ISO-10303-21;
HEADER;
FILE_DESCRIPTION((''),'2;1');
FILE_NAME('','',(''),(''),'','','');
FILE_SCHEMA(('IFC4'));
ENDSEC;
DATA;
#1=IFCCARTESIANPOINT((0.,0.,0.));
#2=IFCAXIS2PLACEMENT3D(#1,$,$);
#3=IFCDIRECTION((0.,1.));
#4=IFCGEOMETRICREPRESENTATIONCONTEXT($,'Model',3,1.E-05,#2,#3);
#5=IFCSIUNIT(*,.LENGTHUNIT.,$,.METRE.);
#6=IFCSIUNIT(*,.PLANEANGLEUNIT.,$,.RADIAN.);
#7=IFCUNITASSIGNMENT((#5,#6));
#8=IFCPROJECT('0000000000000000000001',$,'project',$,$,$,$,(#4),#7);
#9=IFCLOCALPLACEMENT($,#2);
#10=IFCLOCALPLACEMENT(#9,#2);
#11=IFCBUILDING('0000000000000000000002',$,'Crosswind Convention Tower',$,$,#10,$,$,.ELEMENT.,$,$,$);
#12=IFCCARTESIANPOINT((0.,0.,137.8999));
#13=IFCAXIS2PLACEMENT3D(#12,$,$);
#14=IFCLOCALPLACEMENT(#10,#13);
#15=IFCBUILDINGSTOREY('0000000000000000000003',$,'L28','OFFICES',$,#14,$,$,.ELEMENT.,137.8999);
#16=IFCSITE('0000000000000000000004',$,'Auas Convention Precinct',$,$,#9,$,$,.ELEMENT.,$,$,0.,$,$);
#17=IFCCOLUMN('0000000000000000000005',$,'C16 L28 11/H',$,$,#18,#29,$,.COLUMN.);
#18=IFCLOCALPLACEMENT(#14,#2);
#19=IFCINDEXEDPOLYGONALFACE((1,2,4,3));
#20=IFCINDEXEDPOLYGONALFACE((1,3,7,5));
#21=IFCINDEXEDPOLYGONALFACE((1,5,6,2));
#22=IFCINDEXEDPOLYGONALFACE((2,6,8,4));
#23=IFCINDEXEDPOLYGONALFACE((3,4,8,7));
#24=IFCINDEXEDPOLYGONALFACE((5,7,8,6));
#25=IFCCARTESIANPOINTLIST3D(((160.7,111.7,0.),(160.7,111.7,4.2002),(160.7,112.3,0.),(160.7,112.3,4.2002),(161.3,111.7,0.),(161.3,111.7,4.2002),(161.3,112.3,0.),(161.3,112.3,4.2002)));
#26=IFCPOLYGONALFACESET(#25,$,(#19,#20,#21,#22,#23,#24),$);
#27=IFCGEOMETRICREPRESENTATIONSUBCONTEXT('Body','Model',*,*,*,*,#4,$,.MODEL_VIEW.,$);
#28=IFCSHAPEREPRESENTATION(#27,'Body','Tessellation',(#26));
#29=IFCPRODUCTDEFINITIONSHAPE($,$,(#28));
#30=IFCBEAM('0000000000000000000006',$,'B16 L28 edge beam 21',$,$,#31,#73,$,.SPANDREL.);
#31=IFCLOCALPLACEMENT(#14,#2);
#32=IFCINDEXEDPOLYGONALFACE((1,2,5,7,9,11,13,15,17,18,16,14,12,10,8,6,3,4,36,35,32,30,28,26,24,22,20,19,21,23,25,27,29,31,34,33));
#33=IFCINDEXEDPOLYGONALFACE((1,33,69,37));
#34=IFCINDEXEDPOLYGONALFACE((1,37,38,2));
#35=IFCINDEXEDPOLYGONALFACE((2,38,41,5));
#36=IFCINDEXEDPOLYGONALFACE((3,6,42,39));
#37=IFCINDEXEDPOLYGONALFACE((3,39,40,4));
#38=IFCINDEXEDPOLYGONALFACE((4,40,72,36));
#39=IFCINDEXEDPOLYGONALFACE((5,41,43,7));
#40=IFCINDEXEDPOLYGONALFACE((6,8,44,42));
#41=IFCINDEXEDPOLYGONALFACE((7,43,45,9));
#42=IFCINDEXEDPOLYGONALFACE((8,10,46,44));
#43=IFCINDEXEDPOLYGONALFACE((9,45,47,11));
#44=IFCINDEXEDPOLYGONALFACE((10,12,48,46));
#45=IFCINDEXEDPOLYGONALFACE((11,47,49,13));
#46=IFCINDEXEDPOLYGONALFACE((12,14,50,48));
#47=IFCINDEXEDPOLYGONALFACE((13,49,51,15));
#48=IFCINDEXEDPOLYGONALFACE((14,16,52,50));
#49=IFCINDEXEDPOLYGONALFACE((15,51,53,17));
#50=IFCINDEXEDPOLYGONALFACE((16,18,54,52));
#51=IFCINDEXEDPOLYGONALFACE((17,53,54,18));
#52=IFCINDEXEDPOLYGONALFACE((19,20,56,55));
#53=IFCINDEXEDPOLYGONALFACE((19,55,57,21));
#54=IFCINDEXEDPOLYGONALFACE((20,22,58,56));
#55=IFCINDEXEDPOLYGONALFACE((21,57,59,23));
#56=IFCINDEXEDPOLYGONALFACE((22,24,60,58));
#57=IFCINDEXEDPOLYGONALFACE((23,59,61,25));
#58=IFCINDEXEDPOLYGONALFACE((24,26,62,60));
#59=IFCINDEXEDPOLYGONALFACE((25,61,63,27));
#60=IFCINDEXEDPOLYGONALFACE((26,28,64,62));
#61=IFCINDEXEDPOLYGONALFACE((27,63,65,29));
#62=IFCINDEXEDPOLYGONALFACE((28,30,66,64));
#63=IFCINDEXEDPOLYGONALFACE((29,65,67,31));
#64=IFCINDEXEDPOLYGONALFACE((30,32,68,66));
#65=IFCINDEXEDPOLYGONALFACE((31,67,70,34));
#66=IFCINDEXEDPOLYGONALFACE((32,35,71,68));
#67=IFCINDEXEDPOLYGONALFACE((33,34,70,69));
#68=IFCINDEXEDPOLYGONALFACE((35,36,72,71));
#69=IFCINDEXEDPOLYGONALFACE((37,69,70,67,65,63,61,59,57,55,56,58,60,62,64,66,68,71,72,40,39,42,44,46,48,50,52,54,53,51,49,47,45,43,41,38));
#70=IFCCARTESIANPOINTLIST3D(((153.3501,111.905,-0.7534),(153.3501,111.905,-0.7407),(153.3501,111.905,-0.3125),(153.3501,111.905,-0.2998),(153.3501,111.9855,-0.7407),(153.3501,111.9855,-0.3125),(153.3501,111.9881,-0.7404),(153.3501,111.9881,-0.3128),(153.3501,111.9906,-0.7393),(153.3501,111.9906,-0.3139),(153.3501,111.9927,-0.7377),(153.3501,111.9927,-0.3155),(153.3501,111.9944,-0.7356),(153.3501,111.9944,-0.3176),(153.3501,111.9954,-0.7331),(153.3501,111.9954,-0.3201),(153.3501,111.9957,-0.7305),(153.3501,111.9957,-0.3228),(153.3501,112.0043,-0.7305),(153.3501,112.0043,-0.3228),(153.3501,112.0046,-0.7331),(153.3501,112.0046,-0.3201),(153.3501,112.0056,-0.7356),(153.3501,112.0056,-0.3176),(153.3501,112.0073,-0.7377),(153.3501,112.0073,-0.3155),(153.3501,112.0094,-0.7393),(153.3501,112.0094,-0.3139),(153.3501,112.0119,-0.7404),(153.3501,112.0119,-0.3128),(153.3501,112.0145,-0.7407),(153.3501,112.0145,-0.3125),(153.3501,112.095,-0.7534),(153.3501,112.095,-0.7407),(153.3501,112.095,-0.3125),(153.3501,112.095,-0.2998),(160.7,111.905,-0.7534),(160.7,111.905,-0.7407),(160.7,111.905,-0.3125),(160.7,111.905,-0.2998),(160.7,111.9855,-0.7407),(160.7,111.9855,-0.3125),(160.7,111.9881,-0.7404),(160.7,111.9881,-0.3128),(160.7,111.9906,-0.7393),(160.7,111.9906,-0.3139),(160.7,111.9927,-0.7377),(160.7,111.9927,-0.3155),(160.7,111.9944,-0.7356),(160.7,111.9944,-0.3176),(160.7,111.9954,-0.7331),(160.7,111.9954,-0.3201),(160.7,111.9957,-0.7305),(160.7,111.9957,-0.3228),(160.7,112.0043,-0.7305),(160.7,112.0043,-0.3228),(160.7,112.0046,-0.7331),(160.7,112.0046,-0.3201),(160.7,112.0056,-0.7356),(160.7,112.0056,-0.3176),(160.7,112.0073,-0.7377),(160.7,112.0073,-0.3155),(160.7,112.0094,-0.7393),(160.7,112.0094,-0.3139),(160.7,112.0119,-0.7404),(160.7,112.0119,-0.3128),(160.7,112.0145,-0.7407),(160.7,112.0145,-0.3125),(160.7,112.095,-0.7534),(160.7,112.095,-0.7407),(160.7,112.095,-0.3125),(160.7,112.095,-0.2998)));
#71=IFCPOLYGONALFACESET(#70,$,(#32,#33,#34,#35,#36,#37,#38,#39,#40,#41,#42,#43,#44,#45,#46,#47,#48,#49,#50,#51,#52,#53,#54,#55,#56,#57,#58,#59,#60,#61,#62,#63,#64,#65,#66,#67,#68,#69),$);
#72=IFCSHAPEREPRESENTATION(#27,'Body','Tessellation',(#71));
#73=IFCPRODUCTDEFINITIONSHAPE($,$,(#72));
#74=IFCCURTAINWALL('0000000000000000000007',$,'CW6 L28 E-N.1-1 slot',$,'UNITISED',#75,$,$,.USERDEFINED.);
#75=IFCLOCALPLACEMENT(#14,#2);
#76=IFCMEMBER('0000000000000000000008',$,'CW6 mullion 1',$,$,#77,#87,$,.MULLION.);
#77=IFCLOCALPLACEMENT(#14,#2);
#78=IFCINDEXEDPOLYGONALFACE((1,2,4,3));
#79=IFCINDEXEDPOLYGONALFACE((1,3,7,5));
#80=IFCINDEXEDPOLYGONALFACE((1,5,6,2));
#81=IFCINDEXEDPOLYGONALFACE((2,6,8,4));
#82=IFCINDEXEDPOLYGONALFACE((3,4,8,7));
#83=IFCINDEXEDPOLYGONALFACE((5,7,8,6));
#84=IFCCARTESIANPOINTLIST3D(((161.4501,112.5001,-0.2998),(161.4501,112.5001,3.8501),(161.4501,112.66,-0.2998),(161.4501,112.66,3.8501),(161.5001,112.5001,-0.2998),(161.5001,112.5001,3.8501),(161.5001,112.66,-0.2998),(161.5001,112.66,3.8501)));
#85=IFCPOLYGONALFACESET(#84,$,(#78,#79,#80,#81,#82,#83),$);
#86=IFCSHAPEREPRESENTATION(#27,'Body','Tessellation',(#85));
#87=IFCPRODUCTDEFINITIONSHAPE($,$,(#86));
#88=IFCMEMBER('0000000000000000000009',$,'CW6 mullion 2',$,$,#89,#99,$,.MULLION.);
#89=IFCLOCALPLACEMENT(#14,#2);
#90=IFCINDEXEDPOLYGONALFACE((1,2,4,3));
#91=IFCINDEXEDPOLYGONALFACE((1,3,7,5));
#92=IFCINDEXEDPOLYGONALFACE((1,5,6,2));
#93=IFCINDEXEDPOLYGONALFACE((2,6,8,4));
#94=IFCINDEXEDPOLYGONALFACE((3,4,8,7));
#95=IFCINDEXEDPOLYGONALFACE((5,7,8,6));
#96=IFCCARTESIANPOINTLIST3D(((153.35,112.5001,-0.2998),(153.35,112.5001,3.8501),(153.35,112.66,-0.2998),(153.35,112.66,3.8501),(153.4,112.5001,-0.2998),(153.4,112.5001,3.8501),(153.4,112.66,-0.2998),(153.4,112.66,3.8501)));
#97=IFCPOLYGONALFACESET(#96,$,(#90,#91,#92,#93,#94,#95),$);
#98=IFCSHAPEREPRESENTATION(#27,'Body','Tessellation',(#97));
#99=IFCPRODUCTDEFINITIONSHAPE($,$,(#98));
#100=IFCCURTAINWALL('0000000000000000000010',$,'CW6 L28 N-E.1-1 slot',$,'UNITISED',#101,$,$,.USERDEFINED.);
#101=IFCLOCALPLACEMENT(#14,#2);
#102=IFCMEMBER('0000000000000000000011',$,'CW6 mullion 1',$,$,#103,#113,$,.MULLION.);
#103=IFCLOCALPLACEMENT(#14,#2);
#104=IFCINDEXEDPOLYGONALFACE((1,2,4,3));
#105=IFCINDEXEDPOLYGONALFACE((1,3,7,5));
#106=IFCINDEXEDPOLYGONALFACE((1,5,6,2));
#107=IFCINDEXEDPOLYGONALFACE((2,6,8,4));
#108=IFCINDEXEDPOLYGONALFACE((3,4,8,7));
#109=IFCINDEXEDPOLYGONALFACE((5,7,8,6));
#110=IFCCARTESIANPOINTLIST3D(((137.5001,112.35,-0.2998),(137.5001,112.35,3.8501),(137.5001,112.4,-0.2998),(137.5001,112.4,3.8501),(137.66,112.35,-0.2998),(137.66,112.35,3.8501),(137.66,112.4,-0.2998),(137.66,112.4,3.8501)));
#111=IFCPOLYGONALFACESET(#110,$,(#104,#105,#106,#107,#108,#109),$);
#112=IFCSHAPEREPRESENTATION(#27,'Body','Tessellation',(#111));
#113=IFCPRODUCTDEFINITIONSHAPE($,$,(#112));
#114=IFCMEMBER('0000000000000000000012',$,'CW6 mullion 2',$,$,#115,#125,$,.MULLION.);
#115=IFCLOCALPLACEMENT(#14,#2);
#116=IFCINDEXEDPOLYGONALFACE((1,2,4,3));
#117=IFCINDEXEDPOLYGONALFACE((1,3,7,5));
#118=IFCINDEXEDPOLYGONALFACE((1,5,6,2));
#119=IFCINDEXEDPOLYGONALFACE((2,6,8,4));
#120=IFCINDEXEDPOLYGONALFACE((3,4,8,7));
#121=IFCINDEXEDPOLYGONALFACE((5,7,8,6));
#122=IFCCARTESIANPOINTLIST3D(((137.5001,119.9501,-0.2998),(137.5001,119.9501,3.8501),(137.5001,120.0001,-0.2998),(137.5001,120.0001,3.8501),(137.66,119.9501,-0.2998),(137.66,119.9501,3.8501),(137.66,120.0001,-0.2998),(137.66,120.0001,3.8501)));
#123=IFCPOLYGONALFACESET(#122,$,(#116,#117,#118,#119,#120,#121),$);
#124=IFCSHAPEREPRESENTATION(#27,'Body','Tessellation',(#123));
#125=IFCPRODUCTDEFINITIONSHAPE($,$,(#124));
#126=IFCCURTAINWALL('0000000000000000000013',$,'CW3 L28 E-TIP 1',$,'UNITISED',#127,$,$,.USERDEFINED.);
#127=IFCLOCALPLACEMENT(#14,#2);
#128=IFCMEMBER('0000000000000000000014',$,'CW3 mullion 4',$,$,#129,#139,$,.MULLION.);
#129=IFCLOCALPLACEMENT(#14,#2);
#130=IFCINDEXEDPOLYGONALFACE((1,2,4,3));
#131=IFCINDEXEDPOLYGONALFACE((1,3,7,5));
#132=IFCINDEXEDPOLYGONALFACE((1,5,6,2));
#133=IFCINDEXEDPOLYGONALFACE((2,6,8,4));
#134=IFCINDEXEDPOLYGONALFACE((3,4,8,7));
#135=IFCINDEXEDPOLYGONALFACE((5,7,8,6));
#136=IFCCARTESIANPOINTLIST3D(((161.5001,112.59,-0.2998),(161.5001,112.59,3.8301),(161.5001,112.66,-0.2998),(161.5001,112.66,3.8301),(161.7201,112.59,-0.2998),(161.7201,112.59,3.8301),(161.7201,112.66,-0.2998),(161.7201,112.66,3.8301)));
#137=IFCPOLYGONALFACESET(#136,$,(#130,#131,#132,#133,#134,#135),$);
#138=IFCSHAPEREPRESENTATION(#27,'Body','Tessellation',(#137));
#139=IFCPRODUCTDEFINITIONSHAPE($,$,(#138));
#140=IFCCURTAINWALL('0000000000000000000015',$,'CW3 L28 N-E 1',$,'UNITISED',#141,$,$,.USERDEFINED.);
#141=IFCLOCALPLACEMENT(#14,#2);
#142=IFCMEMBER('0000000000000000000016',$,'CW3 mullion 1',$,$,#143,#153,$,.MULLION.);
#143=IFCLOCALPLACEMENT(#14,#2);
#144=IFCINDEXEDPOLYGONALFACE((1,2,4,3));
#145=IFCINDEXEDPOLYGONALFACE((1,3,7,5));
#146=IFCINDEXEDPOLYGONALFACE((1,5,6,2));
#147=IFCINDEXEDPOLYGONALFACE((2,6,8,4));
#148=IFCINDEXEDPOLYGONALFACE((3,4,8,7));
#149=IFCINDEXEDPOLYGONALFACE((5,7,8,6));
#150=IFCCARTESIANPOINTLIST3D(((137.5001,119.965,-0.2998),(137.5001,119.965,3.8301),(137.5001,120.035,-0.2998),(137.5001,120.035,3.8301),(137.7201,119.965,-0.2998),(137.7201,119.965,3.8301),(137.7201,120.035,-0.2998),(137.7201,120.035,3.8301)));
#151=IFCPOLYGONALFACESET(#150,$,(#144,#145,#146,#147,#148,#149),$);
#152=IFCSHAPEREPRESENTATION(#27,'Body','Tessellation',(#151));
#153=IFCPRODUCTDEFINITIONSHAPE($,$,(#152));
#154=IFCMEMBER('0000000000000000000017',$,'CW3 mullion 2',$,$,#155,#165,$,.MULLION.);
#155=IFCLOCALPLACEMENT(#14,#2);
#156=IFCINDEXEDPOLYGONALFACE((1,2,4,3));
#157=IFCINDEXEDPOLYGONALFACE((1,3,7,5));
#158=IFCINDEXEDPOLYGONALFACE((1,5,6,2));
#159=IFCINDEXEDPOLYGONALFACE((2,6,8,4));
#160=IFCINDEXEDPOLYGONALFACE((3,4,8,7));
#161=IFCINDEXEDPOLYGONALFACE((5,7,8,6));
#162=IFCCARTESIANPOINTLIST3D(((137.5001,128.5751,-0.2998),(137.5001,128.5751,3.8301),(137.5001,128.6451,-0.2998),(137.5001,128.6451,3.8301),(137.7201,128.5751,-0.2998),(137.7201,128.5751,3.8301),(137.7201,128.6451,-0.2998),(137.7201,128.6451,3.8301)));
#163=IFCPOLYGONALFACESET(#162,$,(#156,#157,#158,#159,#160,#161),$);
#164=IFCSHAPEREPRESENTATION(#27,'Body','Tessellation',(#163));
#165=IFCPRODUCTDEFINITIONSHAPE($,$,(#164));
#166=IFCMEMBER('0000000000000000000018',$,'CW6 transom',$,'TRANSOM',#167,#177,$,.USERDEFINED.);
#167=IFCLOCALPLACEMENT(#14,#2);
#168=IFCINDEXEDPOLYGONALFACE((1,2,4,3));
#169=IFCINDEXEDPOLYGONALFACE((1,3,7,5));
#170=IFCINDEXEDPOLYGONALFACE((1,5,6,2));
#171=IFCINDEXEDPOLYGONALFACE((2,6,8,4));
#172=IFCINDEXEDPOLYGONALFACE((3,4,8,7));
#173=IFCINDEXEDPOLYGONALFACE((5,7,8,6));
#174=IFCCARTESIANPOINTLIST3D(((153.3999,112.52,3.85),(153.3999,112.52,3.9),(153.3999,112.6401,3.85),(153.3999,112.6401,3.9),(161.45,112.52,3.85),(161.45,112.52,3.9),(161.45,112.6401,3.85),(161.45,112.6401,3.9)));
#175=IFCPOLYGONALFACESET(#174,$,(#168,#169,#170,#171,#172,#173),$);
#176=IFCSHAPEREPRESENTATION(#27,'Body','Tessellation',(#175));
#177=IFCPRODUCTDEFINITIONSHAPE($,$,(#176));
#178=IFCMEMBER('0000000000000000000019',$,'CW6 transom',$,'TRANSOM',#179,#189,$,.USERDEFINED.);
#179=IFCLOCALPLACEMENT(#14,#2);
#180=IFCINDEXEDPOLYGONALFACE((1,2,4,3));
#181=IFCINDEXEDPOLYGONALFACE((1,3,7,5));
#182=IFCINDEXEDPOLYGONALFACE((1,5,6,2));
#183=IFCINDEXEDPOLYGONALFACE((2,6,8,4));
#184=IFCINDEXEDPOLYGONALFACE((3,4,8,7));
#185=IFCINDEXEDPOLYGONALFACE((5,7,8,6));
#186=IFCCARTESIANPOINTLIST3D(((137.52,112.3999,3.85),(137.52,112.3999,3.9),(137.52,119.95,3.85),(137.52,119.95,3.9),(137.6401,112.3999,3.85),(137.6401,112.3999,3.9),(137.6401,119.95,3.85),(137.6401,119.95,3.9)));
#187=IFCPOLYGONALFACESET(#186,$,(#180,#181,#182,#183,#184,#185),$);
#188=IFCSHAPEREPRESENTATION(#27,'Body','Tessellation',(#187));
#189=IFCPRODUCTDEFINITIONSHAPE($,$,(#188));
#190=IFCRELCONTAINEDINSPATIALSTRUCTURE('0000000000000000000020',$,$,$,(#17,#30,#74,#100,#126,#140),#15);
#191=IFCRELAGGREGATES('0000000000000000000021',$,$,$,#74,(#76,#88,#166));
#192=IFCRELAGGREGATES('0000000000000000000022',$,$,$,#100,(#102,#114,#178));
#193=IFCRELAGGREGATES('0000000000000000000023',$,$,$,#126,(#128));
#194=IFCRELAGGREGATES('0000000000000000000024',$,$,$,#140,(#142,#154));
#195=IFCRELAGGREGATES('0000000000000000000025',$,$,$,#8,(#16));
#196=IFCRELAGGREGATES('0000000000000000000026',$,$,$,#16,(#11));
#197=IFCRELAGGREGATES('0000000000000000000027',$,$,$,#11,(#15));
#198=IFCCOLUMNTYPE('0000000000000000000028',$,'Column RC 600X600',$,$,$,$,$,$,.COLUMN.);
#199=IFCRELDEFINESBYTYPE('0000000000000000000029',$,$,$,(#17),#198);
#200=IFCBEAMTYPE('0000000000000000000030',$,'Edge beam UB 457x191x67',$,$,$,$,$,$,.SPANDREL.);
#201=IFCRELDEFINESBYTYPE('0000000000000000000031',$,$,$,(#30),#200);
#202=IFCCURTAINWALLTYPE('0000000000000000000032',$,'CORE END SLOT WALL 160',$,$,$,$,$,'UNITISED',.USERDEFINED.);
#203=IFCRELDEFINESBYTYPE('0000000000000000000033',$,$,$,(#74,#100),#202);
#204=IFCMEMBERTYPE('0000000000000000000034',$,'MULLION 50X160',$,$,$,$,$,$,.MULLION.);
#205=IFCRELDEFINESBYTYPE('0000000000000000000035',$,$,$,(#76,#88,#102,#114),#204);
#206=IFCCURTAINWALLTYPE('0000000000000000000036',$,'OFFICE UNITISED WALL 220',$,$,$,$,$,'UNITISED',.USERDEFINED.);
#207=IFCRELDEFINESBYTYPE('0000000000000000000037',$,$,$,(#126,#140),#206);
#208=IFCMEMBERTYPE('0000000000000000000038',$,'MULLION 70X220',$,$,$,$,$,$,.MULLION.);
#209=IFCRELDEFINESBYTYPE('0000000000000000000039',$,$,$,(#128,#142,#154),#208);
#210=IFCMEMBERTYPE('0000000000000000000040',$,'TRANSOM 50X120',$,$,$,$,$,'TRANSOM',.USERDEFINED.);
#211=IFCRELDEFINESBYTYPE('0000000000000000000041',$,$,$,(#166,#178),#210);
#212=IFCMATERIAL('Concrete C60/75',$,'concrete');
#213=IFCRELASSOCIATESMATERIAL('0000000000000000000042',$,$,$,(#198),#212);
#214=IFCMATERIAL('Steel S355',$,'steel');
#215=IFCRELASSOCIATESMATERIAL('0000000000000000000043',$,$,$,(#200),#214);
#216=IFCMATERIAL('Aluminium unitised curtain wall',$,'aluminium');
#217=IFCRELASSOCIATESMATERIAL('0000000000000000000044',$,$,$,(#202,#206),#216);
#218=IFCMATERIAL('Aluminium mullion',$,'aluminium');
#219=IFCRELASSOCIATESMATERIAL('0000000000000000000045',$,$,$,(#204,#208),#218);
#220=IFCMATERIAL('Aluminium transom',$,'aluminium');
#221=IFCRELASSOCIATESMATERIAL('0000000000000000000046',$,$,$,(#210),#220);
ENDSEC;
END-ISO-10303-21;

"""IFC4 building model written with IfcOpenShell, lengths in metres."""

from ifc_helpers import new_model, si_unit, direction, frame, origin, origin_2d, place, context, subcontext, project, spatial, rectangle, i_section, extrude, material, material_profile, profile_set, type_object, element, aggregate, save


model = new_model("IFC4")

# Units and contexts
model_context = context("Model", 3, precision=1e-05, world=origin(), true_north=direction((0.0, 1.0)))
body_context = subcontext(model_context, "Body", "Model", "MODEL_VIEW")
ifc_project = project(units=[si_unit("LENGTHUNIT", "METRE"), si_unit("PLANEANGLEUNIT", "RADIAN")], contexts=[model_context])

# Site, building, storey
site_placement = place(None, origin())
site = spatial("IfcSite", under=ifc_project, at=site_placement, Name="Auas Convention Precinct", CompositionType="ELEMENT", RefElevation=0.0)
building_placement = place(site_placement, origin())
building = spatial("IfcBuilding", under=site, at=building_placement, Name="Crosswind Convention Tower", CompositionType="ELEMENT")
storey_placement = place(building_placement, frame((0.0, 0.0, 137.8999)))
storey = spatial("IfcBuildingStorey", under=building, at=storey_placement, Name="L28", Description="OFFICES", CompositionType="ELEMENT", Elevation=137.8999)

# Column
ifc_material_1 = material(Name="Concrete C60/75", Category="concrete")
ifc_material_profile_1 = material_profile(ifc_material_1, rectangle(XDim=0.6001, YDim=0.6001, at=origin_2d()), Name="RC 600X600")
ifc_profile_set_1 = profile_set([ifc_material_profile_1], Name="Concrete C60/75")
column_type = type_object("IfcColumnType", Name="Column RC 600X600", PredefinedType="COLUMN", material=ifc_profile_set_1)
column_placement = place(storey_placement, frame((161.0, 112.0, 0.0), z_axis=(0.0, 0.0, 1.0), x_axis=(1.0, 0.0, 0.0)))
element("IfcColumn", 1, at=column_placement, inside=storey, type_object=column_type, Name="C16 L28 11/H", PredefinedType="COLUMN", context=body_context, shape_type="SweptSolid", body=[
    extrude(rectangle(XDim=0.6001, YDim=0.6001, at=origin_2d()), origin(), (0.0, 0.0, 1.0), 4.2002),
])

# Beam
ifc_material_2 = material(Name="Steel S355", Category="steel")
ifc_material_profile_2 = material_profile(ifc_material_2, i_section(OverallWidth=0.1899, OverallDepth=0.4536, WebThickness=0.0085, FlangeThickness=0.0127, FilletRadius=0.0103, at=origin_2d()), Name="UB 457x191x67")
ifc_profile_set_2 = profile_set([ifc_material_profile_2], Name="Steel S355")
beam_type = type_object("IfcBeamType", Name="Edge beam UB 457x191x67", PredefinedType="SPANDREL", material=ifc_profile_set_2)
beam_placement = place(storey_placement, frame((153.3501, 112.0, -0.5266), z_axis=(1.0, 0.0, 0.0), x_axis=(0.0, 1.0, 0.0)))
element("IfcBeam", 2, at=beam_placement, inside=storey, type_object=beam_type, Name="B16 L28 edge beam 21", PredefinedType="SPANDREL", context=body_context, shape_type="SweptSolid", body=[
    extrude(i_section(OverallWidth=0.1899, OverallDepth=0.4536, WebThickness=0.0085, FlangeThickness=0.0127, FilletRadius=0.0103, at=origin_2d()), origin(), (0.0, 0.0, 1.0), 7.3499),
])

# Curtain walls, members
ifc_material_3 = material(Name="Aluminium unitised curtain wall", Category="aluminium")
curtain_wall_type_1 = type_object("IfcCurtainWallType", Name="CORE END SLOT WALL 160", ElementType="UNITISED", PredefinedType="USERDEFINED", material=ifc_material_3)
curtain_wall_1_placement = place(storey_placement, origin())
curtain_wall_1 = element("IfcCurtainWall", 3, at=curtain_wall_1_placement, inside=storey, type_object=curtain_wall_type_1, Name="CW6 L28 E-N.1-1 slot", ObjectType="UNITISED", PredefinedType="USERDEFINED")
ifc_material_4 = material(Name="Aluminium mullion", Category="aluminium")
ifc_material_profile_3 = material_profile(ifc_material_4, rectangle(XDim=0.1599, YDim=0.05, at=origin_2d()), Name="AL 160X50")
ifc_profile_set_3 = profile_set([ifc_material_profile_3], Name="Aluminium mullion")
member_type_1 = type_object("IfcMemberType", Name="MULLION 50X160", PredefinedType="MULLION", material=ifc_profile_set_3)
member_1_placement = place(storey_placement, frame((161.4751, 112.5801, -0.2998), z_axis=(0.0, 0.0, 1.0), x_axis=(0.0, 1.0, 0.0)))
member_1 = element("IfcMember", 4, at=member_1_placement, type_object=member_type_1, Name="CW6 mullion 1", PredefinedType="MULLION", context=body_context, shape_type="SweptSolid", body=[
    extrude(rectangle(XDim=0.1599, YDim=0.05, at=origin_2d()), origin(), (0.0, 0.0, 1.0), 4.1499),
])
member_2_placement = place(storey_placement, frame((153.375, 112.5801, -0.2998), z_axis=(0.0, 0.0, 1.0), x_axis=(0.0, 1.0, 0.0)))
member_2 = element("IfcMember", 5, at=member_2_placement, type_object=member_type_1, Name="CW6 mullion 2", PredefinedType="MULLION", context=body_context, shape_type="SweptSolid", body=[
    extrude(rectangle(XDim=0.1599, YDim=0.05, at=origin_2d()), origin(), (0.0, 0.0, 1.0), 4.1499),
])
curtain_wall_2_placement = place(storey_placement, origin())
curtain_wall_2 = element("IfcCurtainWall", 6, at=curtain_wall_2_placement, inside=storey, type_object=curtain_wall_type_1, Name="CW6 L28 N-E.1-1 slot", ObjectType="UNITISED", PredefinedType="USERDEFINED")
member_3_placement = place(storey_placement, frame((137.5801, 112.375, -0.2998), z_axis=(0.0, 0.0, 1.0), x_axis=(1.0, 0.0, 0.0)))
member_3 = element("IfcMember", 7, at=member_3_placement, type_object=member_type_1, Name="CW6 mullion 1", PredefinedType="MULLION", context=body_context, shape_type="SweptSolid", body=[
    extrude(rectangle(XDim=0.1599, YDim=0.05, at=origin_2d()), origin(), (0.0, 0.0, 1.0), 4.1499),
])
member_4_placement = place(storey_placement, frame((137.5801, 119.9751, -0.2998), z_axis=(0.0, 0.0, 1.0), x_axis=(1.0, 0.0, 0.0)))
member_4 = element("IfcMember", 8, at=member_4_placement, type_object=member_type_1, Name="CW6 mullion 2", PredefinedType="MULLION", context=body_context, shape_type="SweptSolid", body=[
    extrude(rectangle(XDim=0.1599, YDim=0.05, at=origin_2d()), origin(), (0.0, 0.0, 1.0), 4.1499),
])

# Curtain wall, member
curtain_wall_type_2 = type_object("IfcCurtainWallType", Name="OFFICE UNITISED WALL 220", ElementType="UNITISED", PredefinedType="USERDEFINED", material=ifc_material_3)
curtain_wall_3_placement = place(storey_placement, origin())
curtain_wall_3 = element("IfcCurtainWall", 9, at=curtain_wall_3_placement, inside=storey, type_object=curtain_wall_type_2, Name="CW3 L28 E-TIP 1", ObjectType="UNITISED", PredefinedType="USERDEFINED")
ifc_material_profile_4 = material_profile(ifc_material_4, rectangle(XDim=0.22, YDim=0.0701, at=origin_2d()), Name="AL 220X70")
ifc_profile_set_4 = profile_set([ifc_material_profile_4], Name="Aluminium mullion")
member_type_2 = type_object("IfcMemberType", Name="MULLION 70X220", PredefinedType="MULLION", material=ifc_profile_set_4)
member_5_placement = place(storey_placement, frame((161.6101, 112.625, -0.2998), z_axis=(0.0, 0.0, 1.0), x_axis=(1.0, 0.0, 0.0)))
member_5 = element("IfcMember", 10, at=member_5_placement, type_object=member_type_2, Name="CW3 mullion 4", PredefinedType="MULLION", context=body_context, shape_type="SweptSolid", body=[
    extrude(rectangle(XDim=0.22, YDim=0.0701, at=origin_2d()), origin(), (0.0, 0.0, 1.0), 4.1299),
])

# Curtain wall, members
curtain_wall_4_placement = place(storey_placement, origin())
curtain_wall_4 = element("IfcCurtainWall", 11, at=curtain_wall_4_placement, inside=storey, type_object=curtain_wall_type_2, Name="CW3 L28 N-E 1", ObjectType="UNITISED", PredefinedType="USERDEFINED")
member_6_placement = place(storey_placement, frame((137.6101, 120.0, -0.2998), z_axis=(0.0, 0.0, 1.0), x_axis=(1.0, 0.0, 0.0)))
member_6 = element("IfcMember", 12, at=member_6_placement, type_object=member_type_2, Name="CW3 mullion 1", PredefinedType="MULLION", context=body_context, shape_type="SweptSolid", body=[
    extrude(rectangle(XDim=0.22, YDim=0.0701, at=origin_2d()), origin(), (0.0, 0.0, 1.0), 4.1299),
])
member_7_placement = place(storey_placement, frame((137.6101, 128.6101, -0.2998), z_axis=(0.0, 0.0, 1.0), x_axis=(1.0, 0.0, 0.0)))
member_7 = element("IfcMember", 13, at=member_7_placement, type_object=member_type_2, Name="CW3 mullion 2", PredefinedType="MULLION", context=body_context, shape_type="SweptSolid", body=[
    extrude(rectangle(XDim=0.22, YDim=0.0701, at=origin_2d()), origin(), (0.0, 0.0, 1.0), 4.1299),
])

# Members
ifc_material_5 = material(Name="Aluminium transom", Category="aluminium")
ifc_material_profile_5 = material_profile(ifc_material_5, rectangle(XDim=0.1201, YDim=0.05, at=origin_2d()), Name="AL 120X50")
ifc_profile_set_5 = profile_set([ifc_material_profile_5], Name="Aluminium transom")
member_type_3 = type_object("IfcMemberType", Name="TRANSOM 50X120", ElementType="TRANSOM", PredefinedType="USERDEFINED", material=ifc_profile_set_5)
member_8_placement = place(storey_placement, frame((161.45, 112.5801, 3.875), z_axis=(-1.0, 0.0, 0.0), x_axis=(0.0, -1.0, 0.0)))
member_8 = element("IfcMember", 14, at=member_8_placement, type_object=member_type_3, Name="CW6 transom", ObjectType="TRANSOM", PredefinedType="USERDEFINED", context=body_context, shape_type="SweptSolid", body=[
    extrude(rectangle(XDim=0.1201, YDim=0.05, at=origin_2d()), origin(), (0.0, 0.0, 1.0), 8.05),
])
member_9_placement = place(storey_placement, frame((137.5801, 112.3999, 3.875), z_axis=(0.0, 1.0, 0.0), x_axis=(-1.0, 0.0, 0.0)))
member_9 = element("IfcMember", 15, at=member_9_placement, type_object=member_type_3, Name="CW6 transom", ObjectType="TRANSOM", PredefinedType="USERDEFINED", context=body_context, shape_type="SweptSolid", body=[
    extrude(rectangle(XDim=0.1201, YDim=0.05, at=origin_2d()), origin(), (0.0, 0.0, 1.0), 7.55),
])

aggregate(curtain_wall_1, [member_1, member_2, member_8])
aggregate(curtain_wall_2, [member_3, member_4, member_9])
aggregate(curtain_wall_3, [member_5])

aggregate(curtain_wall_4, [member_6, member_7])

save(model, "model.ifc")
